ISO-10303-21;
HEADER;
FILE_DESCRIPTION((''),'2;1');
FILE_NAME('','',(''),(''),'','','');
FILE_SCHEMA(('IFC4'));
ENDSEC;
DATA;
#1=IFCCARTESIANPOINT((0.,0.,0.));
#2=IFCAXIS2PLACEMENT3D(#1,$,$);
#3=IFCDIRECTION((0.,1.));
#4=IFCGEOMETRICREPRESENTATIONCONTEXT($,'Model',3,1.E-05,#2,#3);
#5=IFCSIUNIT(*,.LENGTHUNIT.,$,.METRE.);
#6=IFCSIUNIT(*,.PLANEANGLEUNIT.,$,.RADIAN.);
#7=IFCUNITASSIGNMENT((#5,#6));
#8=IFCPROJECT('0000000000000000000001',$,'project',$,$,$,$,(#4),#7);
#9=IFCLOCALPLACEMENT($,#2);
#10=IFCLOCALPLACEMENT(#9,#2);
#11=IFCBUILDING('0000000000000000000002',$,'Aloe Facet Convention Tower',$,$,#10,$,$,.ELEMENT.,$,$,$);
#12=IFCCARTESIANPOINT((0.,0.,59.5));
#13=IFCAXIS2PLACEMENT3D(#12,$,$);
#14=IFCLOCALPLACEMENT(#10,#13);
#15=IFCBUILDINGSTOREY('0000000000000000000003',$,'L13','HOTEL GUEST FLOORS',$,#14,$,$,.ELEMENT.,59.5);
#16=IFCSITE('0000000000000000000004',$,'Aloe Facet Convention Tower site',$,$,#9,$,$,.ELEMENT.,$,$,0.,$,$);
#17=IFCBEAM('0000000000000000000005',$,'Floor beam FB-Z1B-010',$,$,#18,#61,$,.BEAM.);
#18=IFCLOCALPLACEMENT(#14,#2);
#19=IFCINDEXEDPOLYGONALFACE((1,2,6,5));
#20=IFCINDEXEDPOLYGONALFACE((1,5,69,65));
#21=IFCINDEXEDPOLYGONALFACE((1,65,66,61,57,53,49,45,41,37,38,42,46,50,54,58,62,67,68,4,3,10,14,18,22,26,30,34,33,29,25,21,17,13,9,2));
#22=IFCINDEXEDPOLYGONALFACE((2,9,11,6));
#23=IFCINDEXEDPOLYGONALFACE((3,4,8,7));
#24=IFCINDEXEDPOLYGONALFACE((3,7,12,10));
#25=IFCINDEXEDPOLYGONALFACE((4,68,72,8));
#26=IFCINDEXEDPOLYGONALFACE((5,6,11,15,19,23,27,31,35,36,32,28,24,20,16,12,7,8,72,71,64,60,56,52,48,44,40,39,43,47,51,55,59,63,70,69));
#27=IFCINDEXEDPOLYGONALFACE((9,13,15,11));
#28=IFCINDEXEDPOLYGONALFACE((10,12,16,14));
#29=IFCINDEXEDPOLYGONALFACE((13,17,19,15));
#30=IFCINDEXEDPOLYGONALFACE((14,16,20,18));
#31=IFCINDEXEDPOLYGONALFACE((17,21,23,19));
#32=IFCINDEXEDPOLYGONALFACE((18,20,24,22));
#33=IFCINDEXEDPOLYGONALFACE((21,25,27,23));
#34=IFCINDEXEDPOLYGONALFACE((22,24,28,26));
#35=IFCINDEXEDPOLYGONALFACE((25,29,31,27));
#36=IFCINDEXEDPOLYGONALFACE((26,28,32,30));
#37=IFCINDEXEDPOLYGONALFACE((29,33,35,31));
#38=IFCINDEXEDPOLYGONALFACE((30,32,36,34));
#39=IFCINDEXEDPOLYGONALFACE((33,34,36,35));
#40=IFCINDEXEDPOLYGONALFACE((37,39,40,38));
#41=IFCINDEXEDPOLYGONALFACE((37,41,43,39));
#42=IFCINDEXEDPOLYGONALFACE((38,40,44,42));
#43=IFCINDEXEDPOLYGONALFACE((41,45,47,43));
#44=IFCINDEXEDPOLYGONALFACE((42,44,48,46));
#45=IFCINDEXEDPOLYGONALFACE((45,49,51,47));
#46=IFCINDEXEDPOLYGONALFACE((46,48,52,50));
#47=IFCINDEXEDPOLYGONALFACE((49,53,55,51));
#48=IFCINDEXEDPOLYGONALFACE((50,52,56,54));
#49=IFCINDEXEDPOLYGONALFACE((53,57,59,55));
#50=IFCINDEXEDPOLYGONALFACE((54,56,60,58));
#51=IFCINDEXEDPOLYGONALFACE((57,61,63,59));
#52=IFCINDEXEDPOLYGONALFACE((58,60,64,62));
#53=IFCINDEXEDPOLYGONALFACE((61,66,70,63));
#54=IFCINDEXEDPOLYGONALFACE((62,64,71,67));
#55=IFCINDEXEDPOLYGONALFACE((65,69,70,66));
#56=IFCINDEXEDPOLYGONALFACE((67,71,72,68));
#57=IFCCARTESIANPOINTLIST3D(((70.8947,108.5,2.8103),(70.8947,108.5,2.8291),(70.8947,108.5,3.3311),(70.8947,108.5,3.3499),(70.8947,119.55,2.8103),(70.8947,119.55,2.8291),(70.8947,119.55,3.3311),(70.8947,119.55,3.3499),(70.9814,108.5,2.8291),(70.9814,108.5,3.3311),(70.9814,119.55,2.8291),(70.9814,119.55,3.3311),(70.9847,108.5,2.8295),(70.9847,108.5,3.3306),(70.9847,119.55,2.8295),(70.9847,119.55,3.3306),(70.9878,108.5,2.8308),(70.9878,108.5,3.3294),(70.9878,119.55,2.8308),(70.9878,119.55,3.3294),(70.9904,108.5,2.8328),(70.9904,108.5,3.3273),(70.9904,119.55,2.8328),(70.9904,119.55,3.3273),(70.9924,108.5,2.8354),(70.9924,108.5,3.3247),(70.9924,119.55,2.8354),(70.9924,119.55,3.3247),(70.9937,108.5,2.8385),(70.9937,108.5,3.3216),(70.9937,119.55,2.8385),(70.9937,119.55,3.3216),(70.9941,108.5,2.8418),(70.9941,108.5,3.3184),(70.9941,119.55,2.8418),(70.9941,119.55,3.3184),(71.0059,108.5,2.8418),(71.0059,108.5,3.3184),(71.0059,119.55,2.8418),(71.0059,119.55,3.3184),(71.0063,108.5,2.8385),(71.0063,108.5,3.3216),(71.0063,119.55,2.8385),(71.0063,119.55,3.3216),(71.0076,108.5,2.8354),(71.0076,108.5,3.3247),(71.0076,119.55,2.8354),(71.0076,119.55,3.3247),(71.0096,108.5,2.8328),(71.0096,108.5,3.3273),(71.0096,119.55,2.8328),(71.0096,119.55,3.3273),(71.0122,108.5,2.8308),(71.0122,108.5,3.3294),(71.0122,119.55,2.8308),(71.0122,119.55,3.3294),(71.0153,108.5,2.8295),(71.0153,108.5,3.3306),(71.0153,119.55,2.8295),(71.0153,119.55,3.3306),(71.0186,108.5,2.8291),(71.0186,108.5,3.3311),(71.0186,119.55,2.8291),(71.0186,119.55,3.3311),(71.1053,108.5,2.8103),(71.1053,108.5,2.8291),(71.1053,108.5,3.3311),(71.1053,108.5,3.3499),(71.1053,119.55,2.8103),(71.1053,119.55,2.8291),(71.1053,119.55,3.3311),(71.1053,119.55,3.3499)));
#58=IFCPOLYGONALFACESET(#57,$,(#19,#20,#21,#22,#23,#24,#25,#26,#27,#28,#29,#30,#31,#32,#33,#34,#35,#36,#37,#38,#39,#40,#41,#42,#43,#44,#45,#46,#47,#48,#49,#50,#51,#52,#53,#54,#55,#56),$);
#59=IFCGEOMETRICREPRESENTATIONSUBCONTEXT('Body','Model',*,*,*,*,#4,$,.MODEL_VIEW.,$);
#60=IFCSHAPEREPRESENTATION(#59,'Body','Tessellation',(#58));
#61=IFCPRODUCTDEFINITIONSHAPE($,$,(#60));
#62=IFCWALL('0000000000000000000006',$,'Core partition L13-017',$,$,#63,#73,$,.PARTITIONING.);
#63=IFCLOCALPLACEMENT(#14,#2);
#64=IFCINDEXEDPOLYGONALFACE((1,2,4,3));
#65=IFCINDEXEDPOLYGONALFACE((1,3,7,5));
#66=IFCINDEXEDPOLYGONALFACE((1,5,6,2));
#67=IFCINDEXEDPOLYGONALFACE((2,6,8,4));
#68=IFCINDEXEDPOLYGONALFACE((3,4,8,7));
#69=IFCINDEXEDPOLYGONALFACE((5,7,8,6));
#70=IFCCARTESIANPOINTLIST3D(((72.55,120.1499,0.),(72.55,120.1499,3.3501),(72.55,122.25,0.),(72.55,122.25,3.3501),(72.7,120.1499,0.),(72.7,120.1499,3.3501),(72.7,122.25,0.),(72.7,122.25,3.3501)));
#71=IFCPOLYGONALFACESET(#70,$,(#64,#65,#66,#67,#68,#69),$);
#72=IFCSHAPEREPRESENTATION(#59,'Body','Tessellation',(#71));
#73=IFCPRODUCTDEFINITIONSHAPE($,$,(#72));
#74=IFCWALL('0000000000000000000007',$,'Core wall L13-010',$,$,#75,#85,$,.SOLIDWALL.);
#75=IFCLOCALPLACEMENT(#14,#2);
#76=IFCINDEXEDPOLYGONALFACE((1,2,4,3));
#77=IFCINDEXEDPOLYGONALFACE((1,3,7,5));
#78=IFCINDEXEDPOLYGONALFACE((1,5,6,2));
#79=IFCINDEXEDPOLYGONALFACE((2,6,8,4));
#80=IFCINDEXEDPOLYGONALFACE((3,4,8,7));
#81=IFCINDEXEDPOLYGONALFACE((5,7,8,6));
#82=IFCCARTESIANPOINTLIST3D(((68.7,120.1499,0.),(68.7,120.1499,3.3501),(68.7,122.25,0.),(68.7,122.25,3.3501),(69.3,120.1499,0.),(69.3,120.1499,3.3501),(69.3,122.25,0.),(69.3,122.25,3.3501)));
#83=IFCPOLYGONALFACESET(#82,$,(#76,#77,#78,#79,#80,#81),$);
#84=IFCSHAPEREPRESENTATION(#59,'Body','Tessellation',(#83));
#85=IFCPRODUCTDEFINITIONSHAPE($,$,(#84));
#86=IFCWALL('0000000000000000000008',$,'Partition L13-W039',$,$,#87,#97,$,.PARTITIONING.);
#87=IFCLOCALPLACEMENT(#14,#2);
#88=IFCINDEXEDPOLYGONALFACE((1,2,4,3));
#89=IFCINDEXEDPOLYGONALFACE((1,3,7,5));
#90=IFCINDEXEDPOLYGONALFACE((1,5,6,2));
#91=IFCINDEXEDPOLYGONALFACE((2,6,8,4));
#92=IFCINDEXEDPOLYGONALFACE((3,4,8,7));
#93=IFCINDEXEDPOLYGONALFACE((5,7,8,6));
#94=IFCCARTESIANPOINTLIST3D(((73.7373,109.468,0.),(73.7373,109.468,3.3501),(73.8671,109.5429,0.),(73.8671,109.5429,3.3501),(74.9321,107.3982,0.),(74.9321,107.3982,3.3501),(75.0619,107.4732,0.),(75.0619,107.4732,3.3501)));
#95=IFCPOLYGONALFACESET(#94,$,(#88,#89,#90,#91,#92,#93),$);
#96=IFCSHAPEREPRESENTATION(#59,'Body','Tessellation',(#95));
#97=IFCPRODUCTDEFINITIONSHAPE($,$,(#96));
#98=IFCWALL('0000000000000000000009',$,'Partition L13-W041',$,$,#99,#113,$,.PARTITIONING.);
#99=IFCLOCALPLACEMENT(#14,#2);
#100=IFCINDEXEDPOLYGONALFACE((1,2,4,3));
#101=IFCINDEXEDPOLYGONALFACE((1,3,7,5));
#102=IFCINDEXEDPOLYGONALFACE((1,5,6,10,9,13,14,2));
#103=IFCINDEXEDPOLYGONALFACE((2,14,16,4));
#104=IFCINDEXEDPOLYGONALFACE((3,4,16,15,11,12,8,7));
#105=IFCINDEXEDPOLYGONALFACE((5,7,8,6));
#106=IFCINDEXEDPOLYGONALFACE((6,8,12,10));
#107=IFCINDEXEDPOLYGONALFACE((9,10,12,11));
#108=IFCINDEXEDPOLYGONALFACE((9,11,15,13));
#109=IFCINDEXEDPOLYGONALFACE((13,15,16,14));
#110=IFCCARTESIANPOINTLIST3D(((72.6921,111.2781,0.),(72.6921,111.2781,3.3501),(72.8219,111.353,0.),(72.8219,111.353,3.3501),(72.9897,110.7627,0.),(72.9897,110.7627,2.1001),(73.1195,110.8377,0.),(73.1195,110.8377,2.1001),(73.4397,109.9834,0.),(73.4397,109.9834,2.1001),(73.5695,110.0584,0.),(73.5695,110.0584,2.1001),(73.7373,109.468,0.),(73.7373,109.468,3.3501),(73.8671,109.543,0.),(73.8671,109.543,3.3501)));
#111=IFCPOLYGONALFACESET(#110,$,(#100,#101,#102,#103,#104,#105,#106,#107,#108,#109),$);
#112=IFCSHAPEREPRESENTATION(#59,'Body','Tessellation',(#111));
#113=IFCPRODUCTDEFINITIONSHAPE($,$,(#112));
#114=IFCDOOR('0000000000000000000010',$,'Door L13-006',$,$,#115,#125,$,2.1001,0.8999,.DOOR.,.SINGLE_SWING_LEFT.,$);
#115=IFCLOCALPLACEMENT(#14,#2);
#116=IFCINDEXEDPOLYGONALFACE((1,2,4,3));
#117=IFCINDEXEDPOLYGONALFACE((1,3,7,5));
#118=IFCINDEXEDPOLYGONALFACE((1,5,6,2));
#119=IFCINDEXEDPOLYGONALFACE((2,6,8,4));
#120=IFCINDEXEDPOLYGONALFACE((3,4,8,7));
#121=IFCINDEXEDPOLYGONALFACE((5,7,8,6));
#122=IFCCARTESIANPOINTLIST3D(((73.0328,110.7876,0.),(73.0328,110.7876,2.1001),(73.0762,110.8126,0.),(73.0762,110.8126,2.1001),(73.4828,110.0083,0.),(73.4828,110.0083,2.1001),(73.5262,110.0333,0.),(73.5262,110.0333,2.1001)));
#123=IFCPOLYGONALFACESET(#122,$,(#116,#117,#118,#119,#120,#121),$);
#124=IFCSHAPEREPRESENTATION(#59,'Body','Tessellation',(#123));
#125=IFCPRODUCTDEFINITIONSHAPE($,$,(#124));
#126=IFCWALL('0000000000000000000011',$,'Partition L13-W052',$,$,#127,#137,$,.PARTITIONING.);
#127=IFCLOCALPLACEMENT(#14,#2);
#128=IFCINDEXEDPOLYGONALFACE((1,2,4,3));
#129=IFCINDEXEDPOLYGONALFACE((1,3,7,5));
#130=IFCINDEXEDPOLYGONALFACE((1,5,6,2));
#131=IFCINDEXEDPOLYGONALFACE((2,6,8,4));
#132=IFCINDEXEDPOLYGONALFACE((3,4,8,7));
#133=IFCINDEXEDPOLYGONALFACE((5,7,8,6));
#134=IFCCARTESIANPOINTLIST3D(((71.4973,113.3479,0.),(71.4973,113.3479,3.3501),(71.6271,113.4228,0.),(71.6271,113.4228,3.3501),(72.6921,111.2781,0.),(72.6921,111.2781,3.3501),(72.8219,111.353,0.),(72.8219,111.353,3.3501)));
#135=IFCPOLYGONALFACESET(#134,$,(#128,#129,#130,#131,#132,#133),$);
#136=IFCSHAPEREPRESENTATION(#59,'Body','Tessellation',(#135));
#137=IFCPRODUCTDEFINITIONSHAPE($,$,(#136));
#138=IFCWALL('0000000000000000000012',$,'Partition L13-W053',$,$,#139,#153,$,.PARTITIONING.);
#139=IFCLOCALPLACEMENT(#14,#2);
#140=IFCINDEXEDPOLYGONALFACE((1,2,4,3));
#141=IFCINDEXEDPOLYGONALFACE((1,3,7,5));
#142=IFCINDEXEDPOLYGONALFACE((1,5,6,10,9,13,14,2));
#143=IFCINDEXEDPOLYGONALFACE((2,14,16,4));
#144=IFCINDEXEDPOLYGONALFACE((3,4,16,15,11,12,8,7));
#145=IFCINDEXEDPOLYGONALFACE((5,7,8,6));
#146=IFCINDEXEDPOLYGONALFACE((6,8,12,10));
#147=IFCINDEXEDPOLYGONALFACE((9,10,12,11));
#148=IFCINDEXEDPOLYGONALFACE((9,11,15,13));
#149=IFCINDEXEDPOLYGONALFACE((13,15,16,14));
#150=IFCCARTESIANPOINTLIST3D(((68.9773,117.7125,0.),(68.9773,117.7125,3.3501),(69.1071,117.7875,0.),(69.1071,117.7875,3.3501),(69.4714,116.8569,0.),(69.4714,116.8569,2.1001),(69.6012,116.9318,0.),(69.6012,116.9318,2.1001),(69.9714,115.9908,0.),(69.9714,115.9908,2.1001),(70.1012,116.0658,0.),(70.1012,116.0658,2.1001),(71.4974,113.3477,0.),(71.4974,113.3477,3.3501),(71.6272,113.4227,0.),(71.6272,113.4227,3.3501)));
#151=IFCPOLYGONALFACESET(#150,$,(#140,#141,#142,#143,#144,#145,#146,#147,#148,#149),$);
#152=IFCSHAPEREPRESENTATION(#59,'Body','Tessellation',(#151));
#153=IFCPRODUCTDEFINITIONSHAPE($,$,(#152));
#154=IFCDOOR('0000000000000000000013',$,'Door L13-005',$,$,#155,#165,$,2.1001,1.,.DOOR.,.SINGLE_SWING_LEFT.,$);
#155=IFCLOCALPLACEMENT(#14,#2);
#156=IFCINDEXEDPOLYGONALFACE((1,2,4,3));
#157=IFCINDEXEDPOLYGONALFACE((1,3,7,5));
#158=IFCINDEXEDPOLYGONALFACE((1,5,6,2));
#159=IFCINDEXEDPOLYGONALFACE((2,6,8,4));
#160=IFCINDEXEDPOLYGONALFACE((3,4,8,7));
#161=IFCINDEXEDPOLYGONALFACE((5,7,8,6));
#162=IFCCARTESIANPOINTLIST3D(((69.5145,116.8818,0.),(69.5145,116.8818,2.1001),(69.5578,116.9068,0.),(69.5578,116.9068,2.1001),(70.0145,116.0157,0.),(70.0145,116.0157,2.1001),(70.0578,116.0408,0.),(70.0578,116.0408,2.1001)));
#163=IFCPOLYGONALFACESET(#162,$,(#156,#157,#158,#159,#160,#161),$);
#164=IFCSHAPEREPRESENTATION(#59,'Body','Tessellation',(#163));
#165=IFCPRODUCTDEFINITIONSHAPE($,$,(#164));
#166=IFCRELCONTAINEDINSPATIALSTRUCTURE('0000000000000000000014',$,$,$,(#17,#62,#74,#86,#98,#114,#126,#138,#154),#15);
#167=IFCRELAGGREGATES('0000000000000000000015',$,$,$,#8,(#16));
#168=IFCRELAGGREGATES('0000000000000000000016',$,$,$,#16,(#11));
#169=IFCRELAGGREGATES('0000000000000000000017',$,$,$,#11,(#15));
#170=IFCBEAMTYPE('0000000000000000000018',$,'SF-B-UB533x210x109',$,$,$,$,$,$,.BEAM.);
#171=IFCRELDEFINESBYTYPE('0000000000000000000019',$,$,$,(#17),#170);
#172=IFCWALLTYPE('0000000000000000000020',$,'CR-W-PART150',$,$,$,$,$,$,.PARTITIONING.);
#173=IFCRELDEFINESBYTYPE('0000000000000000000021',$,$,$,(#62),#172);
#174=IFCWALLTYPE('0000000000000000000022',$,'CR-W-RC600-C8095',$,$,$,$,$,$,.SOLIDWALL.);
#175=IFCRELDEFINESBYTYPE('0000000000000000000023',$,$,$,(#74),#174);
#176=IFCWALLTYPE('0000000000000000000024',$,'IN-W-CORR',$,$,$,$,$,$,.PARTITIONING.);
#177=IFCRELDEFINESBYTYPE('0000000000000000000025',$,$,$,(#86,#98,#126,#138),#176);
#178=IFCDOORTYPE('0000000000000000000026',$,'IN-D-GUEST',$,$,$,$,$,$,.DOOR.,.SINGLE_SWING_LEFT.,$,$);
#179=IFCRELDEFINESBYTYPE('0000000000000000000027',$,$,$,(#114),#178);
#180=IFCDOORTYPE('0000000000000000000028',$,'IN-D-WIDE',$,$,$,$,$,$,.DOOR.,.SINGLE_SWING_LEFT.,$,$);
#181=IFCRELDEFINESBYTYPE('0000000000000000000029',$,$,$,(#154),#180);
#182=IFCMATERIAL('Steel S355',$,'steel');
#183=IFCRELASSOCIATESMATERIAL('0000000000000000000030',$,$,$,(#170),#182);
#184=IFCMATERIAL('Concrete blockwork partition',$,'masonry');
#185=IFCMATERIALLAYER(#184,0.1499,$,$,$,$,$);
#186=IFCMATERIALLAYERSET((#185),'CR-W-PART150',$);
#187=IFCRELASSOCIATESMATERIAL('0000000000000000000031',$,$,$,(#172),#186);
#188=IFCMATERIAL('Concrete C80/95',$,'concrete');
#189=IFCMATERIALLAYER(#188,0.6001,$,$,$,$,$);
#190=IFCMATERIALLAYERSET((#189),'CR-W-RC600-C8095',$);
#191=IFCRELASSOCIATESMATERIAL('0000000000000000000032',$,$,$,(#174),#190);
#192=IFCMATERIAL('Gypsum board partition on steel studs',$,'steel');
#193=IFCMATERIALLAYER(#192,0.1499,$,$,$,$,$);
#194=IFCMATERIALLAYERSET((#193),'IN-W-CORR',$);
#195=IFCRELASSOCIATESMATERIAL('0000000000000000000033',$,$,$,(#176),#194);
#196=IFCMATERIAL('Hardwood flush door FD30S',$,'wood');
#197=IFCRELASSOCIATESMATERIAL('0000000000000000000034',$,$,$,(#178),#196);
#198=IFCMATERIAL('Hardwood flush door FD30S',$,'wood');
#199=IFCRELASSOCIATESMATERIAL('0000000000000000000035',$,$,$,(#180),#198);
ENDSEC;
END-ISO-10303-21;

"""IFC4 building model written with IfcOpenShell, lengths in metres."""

from ifc_helpers import new_model, si_unit, direction, frame, frame_2d, origin, origin_2d, place, context, subcontext, project, spatial, rectangle, i_section, extrude, material, layer, layer_set, material_profile, profile_set, type_object, element, fill, save


model = new_model("IFC4")

# Units and contexts
model_context = context("Model", 3, precision=1e-05, world=origin(), true_north=direction((0.0, 1.0)))
body_context = subcontext(model_context, "Body", "Model", "MODEL_VIEW")
ifc_project = project(units=[si_unit("LENGTHUNIT", "METRE"), si_unit("PLANEANGLEUNIT", "RADIAN")], contexts=[model_context])

# Site, building, storey
site_placement = place(None, origin())
site = spatial("IfcSite", under=ifc_project, at=site_placement, Name="Aloe Facet Convention Tower site", CompositionType="ELEMENT", RefElevation=0.0)
building_placement = place(site_placement, origin())
building = spatial("IfcBuilding", under=site, at=building_placement, Name="Aloe Facet Convention Tower", CompositionType="ELEMENT")
storey_placement = place(building_placement, frame((0.0, 0.0, 59.5)))
storey = spatial("IfcBuildingStorey", under=building, at=storey_placement, Name="L13", Description="HOTEL GUEST FLOORS", CompositionType="ELEMENT", Elevation=59.5)

# Beam
ifc_material_1 = material(Name="Steel S355", Category="steel")
ifc_material_profile_1 = material_profile(ifc_material_1, i_section(OverallWidth=0.2107, OverallDepth=0.5396, WebThickness=0.0117, FlangeThickness=0.0188, FilletRadius=0.0127, at=origin_2d()), Name="UB 533x210x109")
ifc_profile_set_1 = profile_set([ifc_material_profile_1], Name="Steel S355")
beam_type_1 = type_object("IfcBeamType", Name="SF-B-UB533x210x109", PredefinedType="BEAM", material=ifc_profile_set_1)
beam_placement = place(storey_placement, frame((71.0, 119.55, 3.0801), z_axis=(0.0, -1.0, 0.0), x_axis=(1.0, 0.0, 0.0)))
element("IfcBeam", 1, at=beam_placement, inside=storey, type_object=beam_type_1, Name="Floor beam FB-Z1B-010", PredefinedType="BEAM", context=body_context, shape_type="SweptSolid", body=[
    extrude(i_section(OverallWidth=0.2107, OverallDepth=0.5396, WebThickness=0.0117, FlangeThickness=0.0188, FilletRadius=0.0127, at=origin_2d()), origin(), (0.0, 0.0, 1.0), 11.05),
])

# Walls
ifc_material_2 = material(Name="Concrete blockwork partition", Category="masonry")
ifc_layer_1 = layer(ifc_material_2, 0.1499)
ifc_layer_set_1 = layer_set([ifc_layer_1], Name="CR-W-PART150")
wall_type_1 = type_object("IfcWallType", Name="CR-W-PART150", PredefinedType="PARTITIONING", material=ifc_layer_set_1)
wall_1_placement = place(storey_placement, frame((72.625, 122.25, 0.0), z_axis=(0.0, 0.0, 1.0), x_axis=(0.0, -1.0, 0.0)))
element("IfcWall", 2, at=wall_1_placement, inside=storey, type_object=wall_type_1, Name="Core partition L13-017", PredefinedType="PARTITIONING", context=body_context, shape_type="SweptSolid", body=[
    extrude(rectangle(XDim=2.1001, YDim=0.1499, at=frame_2d((1.05, 0.0))), origin(), (0.0, 0.0, 1.0), 3.3501),
])
ifc_material_3 = material(Name="Concrete C80/95", Category="concrete")
ifc_layer_2 = layer(ifc_material_3, 0.6001)
ifc_layer_set_2 = layer_set([ifc_layer_2], Name="CR-W-RC600-C8095")
wall_type_2 = type_object("IfcWallType", Name="CR-W-RC600-C8095", PredefinedType="SOLIDWALL", material=ifc_layer_set_2)
wall_2_placement = place(storey_placement, frame((69.0, 122.25, 0.0), z_axis=(0.0, 0.0, 1.0), x_axis=(0.0, -1.0, 0.0)))
element("IfcWall", 3, at=wall_2_placement, inside=storey, type_object=wall_type_2, Name="Core wall L13-010", PredefinedType="SOLIDWALL", context=body_context, shape_type="SweptSolid", body=[
    extrude(rectangle(XDim=2.1001, YDim=0.6001, at=frame_2d((1.05, 0.0))), origin(), (0.0, 0.0, 1.0), 3.3501),
])
ifc_material_4 = material(Name="Gypsum board partition on steel studs", Category="steel")
ifc_layer_3 = layer(ifc_material_4, 0.1499)
ifc_layer_set_3 = layer_set([ifc_layer_3], Name="IN-W-CORR")
wall_type_3 = type_object("IfcWallType", Name="IN-W-CORR", PredefinedType="PARTITIONING", material=ifc_layer_set_3)
wall_3_placement = place(storey_placement, frame((73.8022, 109.5054, 0.0), z_axis=(0.0, 0.0, 1.0), x_axis=(0.499941, -0.86606, 0.0)))
element("IfcWall", 4, at=wall_3_placement, inside=storey, type_object=wall_type_3, Name="Partition L13-W039", PredefinedType="PARTITIONING", context=body_context, shape_type="SweptSolid", body=[
    extrude(rectangle(XDim=2.3899, YDim=0.1499, at=frame_2d((1.1948, 0.0))), origin(), (0.0, 0.0, 1.0), 3.3501),
])

# Wall, opening, door
wall_4_placement = place(storey_placement, frame((72.7571, 111.3154, 0.0), z_axis=(0.0, 0.0, 1.0), x_axis=(0.500046, -0.865999, 0.0)))
wall_4 = element("IfcWall", 5, at=wall_4_placement, inside=storey, type_object=wall_type_3, Name="Partition L13-W041", PredefinedType="PARTITIONING", context=body_context, shape_type="SweptSolid", body=[
    extrude(rectangle(XDim=2.0901, YDim=0.1499, at=frame_2d((1.0449, 0.0))), origin(), (0.0, 0.0, 1.0), 3.3501),
])
opening_1_placement = place(wall_4_placement, frame((0.595, 0.0, 0.0)))
opening_1 = element("IfcOpeningElement", 6, at=opening_1_placement, cuts=wall_4, PredefinedType="OPENING", context=body_context, shape_type="SweptSolid", body=[
    extrude(rectangle(XDim=0.8999, YDim=2.1001, at=frame_2d((0.45, 1.05))), frame((0.0, 0.085, 0.0), z_axis=(0.0, -1.0, 0.0), x_axis=(1.0, 0.0, 0.0)), (0.0, 0.0, 1.0), 0.1699),
])
ifc_material_5 = material(Name="Hardwood flush door FD30S", Category="wood")
door_type_1 = type_object("IfcDoorType", Name="IN-D-GUEST", OperationType="SINGLE_SWING_LEFT", PredefinedType="DOOR", material=ifc_material_5)
door_1_placement = place(opening_1_placement, origin())
door_1 = element("IfcDoor", 7, at=door_1_placement, inside=storey, type_object=door_type_1, Name="Door L13-006", OperationType="SINGLE_SWING_LEFT", OverallHeight=2.1001, OverallWidth=0.8999, PredefinedType="DOOR", context=body_context, shape_type="SweptSolid", body=[
    extrude(rectangle(XDim=0.8999, YDim=2.1001, at=frame_2d((0.45, 1.05))), frame((0.0, 0.0249, 0.0), z_axis=(0.0, -1.0, 0.0), x_axis=(1.0, 0.0, 0.0)), (0.0, 0.0, 1.0), 0.05),
])
fill(opening_1, door_1)

# Wall
wall_5_placement = place(storey_placement, frame((71.5623, 113.3853, 0.0), z_axis=(0.0, 0.0, 1.0), x_axis=(0.499941, -0.86606, 0.0)))
element("IfcWall", 8, at=wall_5_placement, inside=storey, type_object=wall_type_3, Name="Partition L13-W052", PredefinedType="PARTITIONING", context=body_context, shape_type="SweptSolid", body=[
    extrude(rectangle(XDim=2.3899, YDim=0.1499, at=frame_2d((1.1948, 0.0))), origin(), (0.0, 0.0, 1.0), 3.3501),
])

# Wall, opening, door
wall_6_placement = place(storey_placement, frame((69.0422, 117.75, 0.0), z_axis=(0.0, 0.0, 1.0), x_axis=(0.500005, -0.866023, 0.0)))
wall_6 = element("IfcWall", 9, at=wall_6_placement, inside=storey, type_object=wall_type_3, Name="Partition L13-W053", PredefinedType="PARTITIONING", context=body_context, shape_type="SweptSolid", body=[
    extrude(rectangle(XDim=5.04, YDim=0.1499, at=frame_2d((2.52, 0.0))), origin(), (0.0, 0.0, 1.0), 3.3501),
])
opening_2_placement = place(wall_6_placement, frame((0.988, 0.0, 0.0)))
opening_2 = element("IfcOpeningElement", 10, at=opening_2_placement, cuts=wall_6, PredefinedType="OPENING", context=body_context, shape_type="SweptSolid", body=[
    extrude(rectangle(XDim=1.0, YDim=2.1001, at=frame_2d((0.5, 1.05))), frame((0.0, 0.085, 0.0), z_axis=(0.0, -1.0, 0.0), x_axis=(1.0, 0.0, 0.0)), (0.0, 0.0, 1.0), 0.1699),
])
ifc_material_6 = material(Name="Hardwood flush door FD30S", Category="wood")
door_type_2 = type_object("IfcDoorType", Name="IN-D-WIDE", OperationType="SINGLE_SWING_LEFT", PredefinedType="DOOR", material=ifc_material_6)
door_2_placement = place(opening_2_placement, origin())
door_2 = element("IfcDoor", 11, at=door_2_placement, inside=storey, type_object=door_type_2, Name="Door L13-005", OperationType="SINGLE_SWING_LEFT", OverallHeight=2.1001, OverallWidth=1.0, PredefinedType="DOOR", context=body_context, shape_type="SweptSolid", body=[
    extrude(rectangle(XDim=1.0, YDim=2.1001, at=frame_2d((0.5, 1.05))), frame((0.0, 0.0249, 0.0), z_axis=(0.0, -1.0, 0.0), x_axis=(1.0, 0.0, 0.0)), (0.0, 0.0, 1.0), 0.05),
])
fill(opening_2, door_2)

save(model, "model.ifc")
